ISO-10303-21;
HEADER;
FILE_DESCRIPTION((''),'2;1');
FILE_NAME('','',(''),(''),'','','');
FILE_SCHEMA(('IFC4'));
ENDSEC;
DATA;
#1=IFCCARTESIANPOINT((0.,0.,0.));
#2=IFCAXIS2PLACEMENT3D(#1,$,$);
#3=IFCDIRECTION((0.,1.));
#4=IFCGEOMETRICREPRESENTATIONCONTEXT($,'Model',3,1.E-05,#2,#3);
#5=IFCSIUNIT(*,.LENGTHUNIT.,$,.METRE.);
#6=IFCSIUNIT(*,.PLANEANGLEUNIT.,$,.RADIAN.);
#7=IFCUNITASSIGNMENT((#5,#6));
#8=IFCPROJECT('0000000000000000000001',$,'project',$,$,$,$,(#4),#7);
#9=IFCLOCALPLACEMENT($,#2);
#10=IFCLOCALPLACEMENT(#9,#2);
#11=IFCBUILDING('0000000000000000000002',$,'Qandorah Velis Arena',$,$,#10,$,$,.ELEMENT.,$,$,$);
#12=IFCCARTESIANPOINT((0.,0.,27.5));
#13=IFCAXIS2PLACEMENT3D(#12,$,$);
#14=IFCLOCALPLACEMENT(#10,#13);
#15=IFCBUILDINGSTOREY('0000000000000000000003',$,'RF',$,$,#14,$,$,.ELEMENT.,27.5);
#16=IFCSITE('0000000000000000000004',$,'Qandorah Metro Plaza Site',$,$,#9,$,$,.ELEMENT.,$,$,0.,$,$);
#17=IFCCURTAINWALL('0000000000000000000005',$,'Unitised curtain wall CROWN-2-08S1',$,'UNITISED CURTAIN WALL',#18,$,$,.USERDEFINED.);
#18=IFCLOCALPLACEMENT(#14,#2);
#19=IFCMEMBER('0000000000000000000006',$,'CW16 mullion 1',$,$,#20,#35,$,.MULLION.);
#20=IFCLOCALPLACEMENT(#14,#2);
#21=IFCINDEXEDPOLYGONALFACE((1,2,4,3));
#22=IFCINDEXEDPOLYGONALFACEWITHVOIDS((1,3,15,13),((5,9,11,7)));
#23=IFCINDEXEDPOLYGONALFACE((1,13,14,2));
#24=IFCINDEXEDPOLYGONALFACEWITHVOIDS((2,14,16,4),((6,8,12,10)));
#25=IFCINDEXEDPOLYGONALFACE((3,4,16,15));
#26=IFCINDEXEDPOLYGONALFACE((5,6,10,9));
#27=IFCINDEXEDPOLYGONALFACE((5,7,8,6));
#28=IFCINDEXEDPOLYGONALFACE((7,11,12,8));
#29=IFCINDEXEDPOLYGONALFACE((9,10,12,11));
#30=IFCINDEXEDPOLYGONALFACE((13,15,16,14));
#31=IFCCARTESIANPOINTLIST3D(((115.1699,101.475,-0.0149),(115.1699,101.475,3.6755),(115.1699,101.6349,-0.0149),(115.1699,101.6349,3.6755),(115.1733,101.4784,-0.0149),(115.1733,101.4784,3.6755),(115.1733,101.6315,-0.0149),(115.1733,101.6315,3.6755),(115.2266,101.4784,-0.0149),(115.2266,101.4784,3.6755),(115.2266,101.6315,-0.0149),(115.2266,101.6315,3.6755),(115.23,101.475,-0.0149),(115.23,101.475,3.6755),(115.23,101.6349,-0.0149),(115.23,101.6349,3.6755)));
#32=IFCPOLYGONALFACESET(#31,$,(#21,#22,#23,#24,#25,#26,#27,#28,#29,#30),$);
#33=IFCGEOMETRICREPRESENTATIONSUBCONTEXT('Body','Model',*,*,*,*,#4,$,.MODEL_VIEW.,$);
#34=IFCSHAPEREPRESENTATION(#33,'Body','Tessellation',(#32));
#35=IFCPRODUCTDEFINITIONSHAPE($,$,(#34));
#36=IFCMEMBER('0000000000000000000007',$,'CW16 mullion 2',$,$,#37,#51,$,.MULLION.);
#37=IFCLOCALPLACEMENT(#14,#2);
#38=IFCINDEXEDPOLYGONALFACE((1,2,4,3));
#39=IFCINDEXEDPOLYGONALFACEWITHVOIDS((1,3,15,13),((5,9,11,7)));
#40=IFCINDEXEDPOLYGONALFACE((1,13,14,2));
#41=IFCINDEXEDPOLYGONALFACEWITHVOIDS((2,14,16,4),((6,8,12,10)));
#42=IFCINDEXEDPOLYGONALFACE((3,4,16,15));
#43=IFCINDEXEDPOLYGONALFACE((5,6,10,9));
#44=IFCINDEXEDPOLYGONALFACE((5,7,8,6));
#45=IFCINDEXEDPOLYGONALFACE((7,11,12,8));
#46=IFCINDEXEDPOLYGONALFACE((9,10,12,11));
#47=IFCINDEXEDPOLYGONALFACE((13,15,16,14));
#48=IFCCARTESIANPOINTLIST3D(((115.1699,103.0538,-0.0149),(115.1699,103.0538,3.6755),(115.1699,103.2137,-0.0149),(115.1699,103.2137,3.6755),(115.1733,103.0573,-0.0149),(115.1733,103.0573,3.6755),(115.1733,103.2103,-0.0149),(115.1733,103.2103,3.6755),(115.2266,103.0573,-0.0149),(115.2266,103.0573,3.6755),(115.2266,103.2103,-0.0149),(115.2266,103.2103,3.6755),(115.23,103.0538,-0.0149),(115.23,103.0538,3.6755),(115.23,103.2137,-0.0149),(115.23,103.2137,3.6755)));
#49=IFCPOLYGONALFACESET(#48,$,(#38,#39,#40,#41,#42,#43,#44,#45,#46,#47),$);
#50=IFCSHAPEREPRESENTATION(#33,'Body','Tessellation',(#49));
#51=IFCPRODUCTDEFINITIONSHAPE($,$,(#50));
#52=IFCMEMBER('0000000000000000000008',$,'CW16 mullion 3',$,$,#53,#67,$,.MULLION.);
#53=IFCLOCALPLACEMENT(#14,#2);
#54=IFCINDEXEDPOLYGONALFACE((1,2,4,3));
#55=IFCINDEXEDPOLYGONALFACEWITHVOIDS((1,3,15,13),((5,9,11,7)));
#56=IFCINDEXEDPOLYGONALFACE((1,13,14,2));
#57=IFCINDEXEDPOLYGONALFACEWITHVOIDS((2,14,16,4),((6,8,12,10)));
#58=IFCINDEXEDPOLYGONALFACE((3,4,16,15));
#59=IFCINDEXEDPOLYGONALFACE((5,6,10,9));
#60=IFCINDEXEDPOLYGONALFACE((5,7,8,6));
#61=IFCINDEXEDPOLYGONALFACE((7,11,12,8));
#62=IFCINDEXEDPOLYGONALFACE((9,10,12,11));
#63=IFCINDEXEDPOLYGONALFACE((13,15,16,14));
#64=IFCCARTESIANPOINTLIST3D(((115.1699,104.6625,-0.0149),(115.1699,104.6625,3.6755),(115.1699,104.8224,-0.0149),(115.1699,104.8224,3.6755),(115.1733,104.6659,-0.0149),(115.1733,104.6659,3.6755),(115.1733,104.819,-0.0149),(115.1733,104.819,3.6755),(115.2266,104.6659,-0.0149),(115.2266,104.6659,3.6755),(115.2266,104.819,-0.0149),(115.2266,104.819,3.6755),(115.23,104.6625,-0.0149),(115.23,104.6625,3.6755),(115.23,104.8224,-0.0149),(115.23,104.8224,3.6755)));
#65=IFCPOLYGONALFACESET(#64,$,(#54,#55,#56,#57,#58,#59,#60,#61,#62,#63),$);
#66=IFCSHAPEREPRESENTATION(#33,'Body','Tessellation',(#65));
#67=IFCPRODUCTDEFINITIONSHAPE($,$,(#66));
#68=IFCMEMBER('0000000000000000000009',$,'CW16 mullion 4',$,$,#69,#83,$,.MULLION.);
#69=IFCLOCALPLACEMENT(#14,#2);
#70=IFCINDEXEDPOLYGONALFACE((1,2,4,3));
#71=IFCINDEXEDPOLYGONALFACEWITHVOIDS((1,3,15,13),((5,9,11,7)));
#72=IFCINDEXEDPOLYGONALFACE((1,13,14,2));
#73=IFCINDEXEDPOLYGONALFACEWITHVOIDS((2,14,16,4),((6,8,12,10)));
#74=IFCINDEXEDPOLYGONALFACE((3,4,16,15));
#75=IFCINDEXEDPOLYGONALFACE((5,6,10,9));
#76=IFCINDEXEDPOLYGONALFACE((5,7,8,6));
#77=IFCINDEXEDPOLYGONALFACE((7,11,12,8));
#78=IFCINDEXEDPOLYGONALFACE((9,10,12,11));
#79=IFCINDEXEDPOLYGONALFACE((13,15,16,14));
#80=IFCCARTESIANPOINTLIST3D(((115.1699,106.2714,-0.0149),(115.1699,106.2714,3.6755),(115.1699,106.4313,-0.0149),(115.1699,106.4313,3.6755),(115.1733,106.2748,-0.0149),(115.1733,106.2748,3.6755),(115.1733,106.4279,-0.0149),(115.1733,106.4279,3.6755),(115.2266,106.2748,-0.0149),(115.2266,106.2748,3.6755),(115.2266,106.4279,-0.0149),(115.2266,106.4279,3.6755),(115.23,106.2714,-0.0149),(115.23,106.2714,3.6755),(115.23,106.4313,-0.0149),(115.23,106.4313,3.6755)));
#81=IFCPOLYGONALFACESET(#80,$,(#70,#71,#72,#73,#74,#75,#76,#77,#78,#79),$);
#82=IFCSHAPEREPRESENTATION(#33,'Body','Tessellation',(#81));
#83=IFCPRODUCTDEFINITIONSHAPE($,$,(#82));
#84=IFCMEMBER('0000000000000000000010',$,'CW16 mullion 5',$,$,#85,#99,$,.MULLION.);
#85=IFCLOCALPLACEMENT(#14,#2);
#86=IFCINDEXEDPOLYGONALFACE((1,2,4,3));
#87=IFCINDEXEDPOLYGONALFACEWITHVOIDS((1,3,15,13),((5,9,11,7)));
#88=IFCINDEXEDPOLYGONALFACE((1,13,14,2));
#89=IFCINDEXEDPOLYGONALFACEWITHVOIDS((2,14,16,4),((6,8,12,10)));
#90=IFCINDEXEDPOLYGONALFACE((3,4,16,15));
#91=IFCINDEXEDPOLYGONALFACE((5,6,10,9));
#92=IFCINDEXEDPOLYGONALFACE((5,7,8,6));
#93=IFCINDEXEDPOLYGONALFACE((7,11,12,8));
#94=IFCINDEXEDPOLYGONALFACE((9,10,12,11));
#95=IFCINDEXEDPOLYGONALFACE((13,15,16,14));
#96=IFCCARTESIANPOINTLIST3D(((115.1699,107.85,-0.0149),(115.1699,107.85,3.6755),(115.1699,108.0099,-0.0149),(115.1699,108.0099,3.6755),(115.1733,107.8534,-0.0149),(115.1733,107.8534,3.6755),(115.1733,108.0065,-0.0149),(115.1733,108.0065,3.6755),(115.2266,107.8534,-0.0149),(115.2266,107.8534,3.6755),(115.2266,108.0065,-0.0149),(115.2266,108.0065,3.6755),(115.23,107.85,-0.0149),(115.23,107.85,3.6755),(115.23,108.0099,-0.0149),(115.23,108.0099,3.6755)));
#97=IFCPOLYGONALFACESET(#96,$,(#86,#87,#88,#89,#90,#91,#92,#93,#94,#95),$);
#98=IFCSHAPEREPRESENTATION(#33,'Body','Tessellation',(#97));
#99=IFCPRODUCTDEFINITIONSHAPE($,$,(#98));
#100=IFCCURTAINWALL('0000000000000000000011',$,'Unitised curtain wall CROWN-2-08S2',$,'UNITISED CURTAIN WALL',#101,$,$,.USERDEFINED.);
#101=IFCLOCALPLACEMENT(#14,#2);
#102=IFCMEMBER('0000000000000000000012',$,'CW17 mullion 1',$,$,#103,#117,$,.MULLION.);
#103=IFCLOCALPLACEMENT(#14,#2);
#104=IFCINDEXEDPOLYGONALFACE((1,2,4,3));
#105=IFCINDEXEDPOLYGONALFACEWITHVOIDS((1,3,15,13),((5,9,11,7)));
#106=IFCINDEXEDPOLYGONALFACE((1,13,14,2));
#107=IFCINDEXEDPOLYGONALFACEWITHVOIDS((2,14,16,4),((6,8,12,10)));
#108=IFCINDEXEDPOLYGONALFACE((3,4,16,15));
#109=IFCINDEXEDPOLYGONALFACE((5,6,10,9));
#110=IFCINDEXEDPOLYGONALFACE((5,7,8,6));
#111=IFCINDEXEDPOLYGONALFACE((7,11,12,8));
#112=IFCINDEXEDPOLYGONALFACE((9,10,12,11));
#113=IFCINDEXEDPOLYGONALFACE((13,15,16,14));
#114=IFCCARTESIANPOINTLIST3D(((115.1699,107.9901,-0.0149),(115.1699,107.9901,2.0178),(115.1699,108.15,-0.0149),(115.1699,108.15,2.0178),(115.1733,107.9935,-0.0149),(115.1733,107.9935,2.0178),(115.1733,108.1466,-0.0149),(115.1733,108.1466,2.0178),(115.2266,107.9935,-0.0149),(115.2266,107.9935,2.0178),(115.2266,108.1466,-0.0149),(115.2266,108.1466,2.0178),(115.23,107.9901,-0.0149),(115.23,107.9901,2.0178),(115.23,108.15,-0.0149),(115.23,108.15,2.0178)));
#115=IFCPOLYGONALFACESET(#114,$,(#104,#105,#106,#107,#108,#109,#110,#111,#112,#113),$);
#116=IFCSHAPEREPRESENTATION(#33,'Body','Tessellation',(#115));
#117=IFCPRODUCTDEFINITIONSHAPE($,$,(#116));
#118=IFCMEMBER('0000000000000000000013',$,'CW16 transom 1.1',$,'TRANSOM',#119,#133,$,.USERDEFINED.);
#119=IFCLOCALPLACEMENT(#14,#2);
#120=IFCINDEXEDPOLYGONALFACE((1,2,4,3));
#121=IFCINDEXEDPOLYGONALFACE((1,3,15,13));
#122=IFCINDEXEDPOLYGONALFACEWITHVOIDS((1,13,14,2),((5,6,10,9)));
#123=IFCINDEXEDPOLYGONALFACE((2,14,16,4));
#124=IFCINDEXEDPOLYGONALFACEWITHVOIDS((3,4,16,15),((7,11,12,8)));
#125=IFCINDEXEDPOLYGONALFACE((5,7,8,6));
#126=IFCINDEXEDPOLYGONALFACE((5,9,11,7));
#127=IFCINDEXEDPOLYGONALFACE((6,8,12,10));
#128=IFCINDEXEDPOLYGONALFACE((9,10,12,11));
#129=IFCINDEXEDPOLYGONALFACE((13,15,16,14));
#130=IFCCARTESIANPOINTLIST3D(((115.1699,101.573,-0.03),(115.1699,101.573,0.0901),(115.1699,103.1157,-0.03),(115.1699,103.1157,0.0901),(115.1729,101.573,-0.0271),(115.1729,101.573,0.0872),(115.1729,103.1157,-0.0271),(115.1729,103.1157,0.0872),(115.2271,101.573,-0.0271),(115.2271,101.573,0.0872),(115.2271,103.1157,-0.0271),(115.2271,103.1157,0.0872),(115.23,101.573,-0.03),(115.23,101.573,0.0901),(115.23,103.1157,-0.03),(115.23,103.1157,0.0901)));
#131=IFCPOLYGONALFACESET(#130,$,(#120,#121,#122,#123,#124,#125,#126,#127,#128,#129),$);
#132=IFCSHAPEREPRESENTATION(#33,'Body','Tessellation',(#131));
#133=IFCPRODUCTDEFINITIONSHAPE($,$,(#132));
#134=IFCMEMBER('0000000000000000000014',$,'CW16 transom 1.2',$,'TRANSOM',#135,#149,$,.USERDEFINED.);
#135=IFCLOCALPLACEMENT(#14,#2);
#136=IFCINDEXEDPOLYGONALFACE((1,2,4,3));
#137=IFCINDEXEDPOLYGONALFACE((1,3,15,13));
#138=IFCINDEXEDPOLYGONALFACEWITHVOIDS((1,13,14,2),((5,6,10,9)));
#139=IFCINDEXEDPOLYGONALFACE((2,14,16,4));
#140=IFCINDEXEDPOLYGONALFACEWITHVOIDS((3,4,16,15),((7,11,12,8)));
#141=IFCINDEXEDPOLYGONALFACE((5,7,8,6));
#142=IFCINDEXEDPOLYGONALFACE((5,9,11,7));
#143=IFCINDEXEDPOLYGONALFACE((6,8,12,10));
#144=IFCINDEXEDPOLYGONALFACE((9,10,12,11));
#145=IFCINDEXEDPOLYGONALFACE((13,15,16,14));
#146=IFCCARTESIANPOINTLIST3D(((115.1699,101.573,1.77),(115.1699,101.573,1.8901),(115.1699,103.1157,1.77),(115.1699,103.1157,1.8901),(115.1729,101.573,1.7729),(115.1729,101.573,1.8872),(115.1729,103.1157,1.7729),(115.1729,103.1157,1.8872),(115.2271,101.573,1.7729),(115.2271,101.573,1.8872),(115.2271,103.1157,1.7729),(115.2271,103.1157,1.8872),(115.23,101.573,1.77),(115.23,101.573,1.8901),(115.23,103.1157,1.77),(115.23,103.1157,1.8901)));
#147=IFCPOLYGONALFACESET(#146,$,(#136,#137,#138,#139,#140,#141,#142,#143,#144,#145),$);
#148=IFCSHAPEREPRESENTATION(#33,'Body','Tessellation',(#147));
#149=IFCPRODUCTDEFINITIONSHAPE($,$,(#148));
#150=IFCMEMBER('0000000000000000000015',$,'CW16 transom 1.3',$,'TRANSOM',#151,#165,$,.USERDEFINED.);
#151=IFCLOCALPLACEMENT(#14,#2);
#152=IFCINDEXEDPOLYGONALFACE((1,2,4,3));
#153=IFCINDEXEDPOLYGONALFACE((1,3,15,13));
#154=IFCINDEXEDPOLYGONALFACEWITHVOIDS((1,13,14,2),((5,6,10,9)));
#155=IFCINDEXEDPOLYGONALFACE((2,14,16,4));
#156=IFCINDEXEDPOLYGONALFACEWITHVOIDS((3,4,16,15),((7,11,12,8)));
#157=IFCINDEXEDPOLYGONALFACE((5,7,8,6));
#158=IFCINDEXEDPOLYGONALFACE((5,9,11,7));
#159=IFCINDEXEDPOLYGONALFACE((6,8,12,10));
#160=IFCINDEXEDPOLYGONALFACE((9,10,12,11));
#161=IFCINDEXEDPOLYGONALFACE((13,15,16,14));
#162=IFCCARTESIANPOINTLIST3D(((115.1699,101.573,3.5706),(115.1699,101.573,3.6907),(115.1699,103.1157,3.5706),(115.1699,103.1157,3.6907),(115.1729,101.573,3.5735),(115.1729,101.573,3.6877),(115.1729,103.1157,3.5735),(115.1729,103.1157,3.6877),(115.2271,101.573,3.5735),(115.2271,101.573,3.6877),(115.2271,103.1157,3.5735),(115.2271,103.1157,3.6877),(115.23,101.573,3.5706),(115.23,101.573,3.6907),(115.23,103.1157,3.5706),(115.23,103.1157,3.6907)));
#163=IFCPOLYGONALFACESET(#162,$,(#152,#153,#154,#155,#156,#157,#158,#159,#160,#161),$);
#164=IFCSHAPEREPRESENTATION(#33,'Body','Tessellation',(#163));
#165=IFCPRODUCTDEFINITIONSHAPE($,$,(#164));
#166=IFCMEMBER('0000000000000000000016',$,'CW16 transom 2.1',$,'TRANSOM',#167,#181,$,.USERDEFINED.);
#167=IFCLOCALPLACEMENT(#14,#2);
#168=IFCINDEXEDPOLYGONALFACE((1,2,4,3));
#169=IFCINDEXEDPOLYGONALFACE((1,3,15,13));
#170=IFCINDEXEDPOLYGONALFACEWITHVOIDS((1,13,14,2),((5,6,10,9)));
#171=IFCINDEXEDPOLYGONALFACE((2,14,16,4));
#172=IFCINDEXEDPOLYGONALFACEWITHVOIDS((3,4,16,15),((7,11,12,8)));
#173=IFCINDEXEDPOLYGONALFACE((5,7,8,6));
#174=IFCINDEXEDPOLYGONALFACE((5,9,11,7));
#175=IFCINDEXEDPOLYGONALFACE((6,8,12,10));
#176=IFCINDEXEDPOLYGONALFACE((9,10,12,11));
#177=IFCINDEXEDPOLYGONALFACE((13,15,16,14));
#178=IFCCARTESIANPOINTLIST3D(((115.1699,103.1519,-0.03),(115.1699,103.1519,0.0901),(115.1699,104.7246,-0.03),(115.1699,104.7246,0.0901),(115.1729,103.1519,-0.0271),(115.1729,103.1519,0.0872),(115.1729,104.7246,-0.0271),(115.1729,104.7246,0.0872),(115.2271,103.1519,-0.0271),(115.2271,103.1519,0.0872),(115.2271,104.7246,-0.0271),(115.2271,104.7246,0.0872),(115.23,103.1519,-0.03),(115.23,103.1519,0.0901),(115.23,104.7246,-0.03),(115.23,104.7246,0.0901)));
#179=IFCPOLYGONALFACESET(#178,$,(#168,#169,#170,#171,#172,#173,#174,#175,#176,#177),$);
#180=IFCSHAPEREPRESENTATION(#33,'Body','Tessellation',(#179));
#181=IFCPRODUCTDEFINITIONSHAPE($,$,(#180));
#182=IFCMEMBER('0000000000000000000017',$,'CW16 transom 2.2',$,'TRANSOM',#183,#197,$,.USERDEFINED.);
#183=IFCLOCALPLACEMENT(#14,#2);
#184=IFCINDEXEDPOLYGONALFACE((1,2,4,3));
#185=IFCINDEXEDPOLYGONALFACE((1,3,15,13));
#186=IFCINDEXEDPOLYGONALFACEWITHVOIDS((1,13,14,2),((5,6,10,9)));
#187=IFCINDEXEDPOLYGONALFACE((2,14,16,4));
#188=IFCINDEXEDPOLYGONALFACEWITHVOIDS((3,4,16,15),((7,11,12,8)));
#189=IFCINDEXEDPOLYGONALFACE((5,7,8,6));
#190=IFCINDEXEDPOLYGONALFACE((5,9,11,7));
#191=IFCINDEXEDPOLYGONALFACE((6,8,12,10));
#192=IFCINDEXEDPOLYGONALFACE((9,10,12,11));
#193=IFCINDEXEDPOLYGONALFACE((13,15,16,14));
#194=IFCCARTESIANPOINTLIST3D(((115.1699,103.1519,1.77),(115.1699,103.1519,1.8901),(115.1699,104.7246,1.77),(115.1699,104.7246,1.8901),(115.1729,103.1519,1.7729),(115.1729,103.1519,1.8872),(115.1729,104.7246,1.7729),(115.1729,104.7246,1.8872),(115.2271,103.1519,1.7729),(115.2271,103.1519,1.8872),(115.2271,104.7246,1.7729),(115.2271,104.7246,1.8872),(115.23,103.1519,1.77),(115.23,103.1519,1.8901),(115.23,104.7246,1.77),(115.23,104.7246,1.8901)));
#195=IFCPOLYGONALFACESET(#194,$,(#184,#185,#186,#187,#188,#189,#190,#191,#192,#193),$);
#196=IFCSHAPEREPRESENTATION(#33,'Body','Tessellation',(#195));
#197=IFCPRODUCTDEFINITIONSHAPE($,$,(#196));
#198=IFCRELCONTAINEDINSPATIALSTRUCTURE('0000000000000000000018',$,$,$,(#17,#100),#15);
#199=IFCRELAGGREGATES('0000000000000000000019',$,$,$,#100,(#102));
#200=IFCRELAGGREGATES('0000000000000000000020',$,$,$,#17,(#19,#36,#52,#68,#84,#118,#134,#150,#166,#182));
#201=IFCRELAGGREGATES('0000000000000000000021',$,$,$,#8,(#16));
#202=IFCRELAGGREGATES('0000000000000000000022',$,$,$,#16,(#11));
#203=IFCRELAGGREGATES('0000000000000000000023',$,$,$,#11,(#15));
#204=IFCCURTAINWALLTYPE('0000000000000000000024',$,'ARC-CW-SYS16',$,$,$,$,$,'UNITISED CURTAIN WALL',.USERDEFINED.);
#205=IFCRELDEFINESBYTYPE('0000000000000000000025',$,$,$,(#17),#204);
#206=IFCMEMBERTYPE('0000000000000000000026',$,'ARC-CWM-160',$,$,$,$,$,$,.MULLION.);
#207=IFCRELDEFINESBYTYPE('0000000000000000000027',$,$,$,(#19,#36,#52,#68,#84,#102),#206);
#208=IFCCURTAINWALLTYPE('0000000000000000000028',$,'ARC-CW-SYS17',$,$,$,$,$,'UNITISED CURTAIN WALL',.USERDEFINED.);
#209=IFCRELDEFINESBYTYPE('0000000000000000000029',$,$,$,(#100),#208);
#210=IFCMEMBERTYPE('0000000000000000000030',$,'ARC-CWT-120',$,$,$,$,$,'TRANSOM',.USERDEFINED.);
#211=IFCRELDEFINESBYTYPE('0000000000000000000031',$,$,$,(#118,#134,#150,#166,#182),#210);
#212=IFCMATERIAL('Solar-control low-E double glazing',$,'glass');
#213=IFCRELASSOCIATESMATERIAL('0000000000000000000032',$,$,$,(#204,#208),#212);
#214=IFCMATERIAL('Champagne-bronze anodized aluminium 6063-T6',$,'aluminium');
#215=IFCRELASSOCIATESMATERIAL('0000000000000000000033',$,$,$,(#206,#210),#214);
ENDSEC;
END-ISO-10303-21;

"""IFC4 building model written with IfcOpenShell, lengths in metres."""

from ifc_helpers import new_model, si_unit, direction, frame, origin, origin_2d, place, context, subcontext, project, spatial, hollow_rectangle, extrude, material, material_profile, profile_set, type_object, element, aggregate, save


model = new_model("IFC4")

# Units and contexts
model_context = context("Model", 3, precision=1e-05, world=origin(), true_north=direction((0.0, 1.0)))
body_context = subcontext(model_context, "Body", "Model", "MODEL_VIEW")
ifc_project = project(units=[si_unit("LENGTHUNIT", "METRE"), si_unit("PLANEANGLEUNIT", "RADIAN")], contexts=[model_context])

# Site, building, storey
site_placement = place(None, origin())
site = spatial("IfcSite", under=ifc_project, at=site_placement, Name="Qandorah Metro Plaza Site", CompositionType="ELEMENT", RefElevation=0.0)
building_placement = place(site_placement, origin())
building = spatial("IfcBuilding", under=site, at=building_placement, Name="Qandorah Velis Arena", CompositionType="ELEMENT")
storey_placement = place(building_placement, frame((0.0, 0.0, 27.5)))
storey = spatial("IfcBuildingStorey", under=building, at=storey_placement, Name="RF", CompositionType="ELEMENT", Elevation=27.5)

# Curtain wall, members
ifc_material_1 = material(Name="Solar-control low-E double glazing", Category="glass")
curtain_wall_type_1 = type_object("IfcCurtainWallType", Name="ARC-CW-SYS16", ElementType="UNITISED CURTAIN WALL", PredefinedType="USERDEFINED", material=ifc_material_1)
curtain_wall_1_placement = place(storey_placement, origin())
curtain_wall_1 = element("IfcCurtainWall", 1, at=curtain_wall_1_placement, inside=storey, type_object=curtain_wall_type_1, Name="Unitised curtain wall CROWN-2-08S1", ObjectType="UNITISED CURTAIN WALL", PredefinedType="USERDEFINED")
ifc_material_2 = material(Name="Champagne-bronze anodized aluminium 6063-T6", Category="aluminium")
ifc_material_profile_1 = material_profile(ifc_material_2, hollow_rectangle(XDim=0.0601, YDim=0.1599, WallThickness=0.0034, at=origin_2d()), Name="ALU MULLION 60x160")
ifc_profile_set_1 = profile_set([ifc_material_profile_1], Name="Champagne-bronze anodized aluminium 6063-T6")
member_type_1 = type_object("IfcMemberType", Name="ARC-CWM-160", PredefinedType="MULLION", material=ifc_profile_set_1)
member_1_placement = place(storey_placement, frame((115.2, 101.5549, -0.0149), z_axis=(0.0, 0.0, 1.0), x_axis=(-1.0, 0.0, 0.0)))
member_1 = element("IfcMember", 2, at=member_1_placement, type_object=member_type_1, Name="CW16 mullion 1", PredefinedType="MULLION", context=body_context, shape_type="SweptSolid", body=[
    extrude(hollow_rectangle(XDim=0.0601, YDim=0.1599, WallThickness=0.0034, at=origin_2d()), origin(), (0.0, 0.0, 1.0), 3.6904),
])
member_2_placement = place(storey_placement, frame((115.2, 103.1338, -0.0149), z_axis=(0.0, 0.0, 1.0), x_axis=(-1.0, 0.0, 0.0)))
member_2 = element("IfcMember", 3, at=member_2_placement, type_object=member_type_1, Name="CW16 mullion 2", PredefinedType="MULLION", context=body_context, shape_type="SweptSolid", body=[
    extrude(hollow_rectangle(XDim=0.0601, YDim=0.1599, WallThickness=0.0034, at=origin_2d()), origin(), (0.0, 0.0, 1.0), 3.6904),
])
member_3_placement = place(storey_placement, frame((115.2, 104.7424, -0.0149), z_axis=(0.0, 0.0, 1.0), x_axis=(-1.0, 0.0, 0.0)))
member_3 = element("IfcMember", 4, at=member_3_placement, type_object=member_type_1, Name="CW16 mullion 3", PredefinedType="MULLION", context=body_context, shape_type="SweptSolid", body=[
    extrude(hollow_rectangle(XDim=0.0601, YDim=0.1599, WallThickness=0.0034, at=origin_2d()), origin(), (0.0, 0.0, 1.0), 3.6904),
])
member_4_placement = place(storey_placement, frame((115.2, 106.3513, -0.0149), z_axis=(0.0, 0.0, 1.0), x_axis=(-1.0, 0.0, 0.0)))
member_4 = element("IfcMember", 5, at=member_4_placement, type_object=member_type_1, Name="CW16 mullion 4", PredefinedType="MULLION", context=body_context, shape_type="SweptSolid", body=[
    extrude(hollow_rectangle(XDim=0.0601, YDim=0.1599, WallThickness=0.0034, at=origin_2d()), origin(), (0.0, 0.0, 1.0), 3.6904),
])
member_5_placement = place(storey_placement, frame((115.2, 107.9299, -0.0149), z_axis=(0.0, 0.0, 1.0), x_axis=(-1.0, 0.0, 0.0)))
member_5 = element("IfcMember", 6, at=member_5_placement, type_object=member_type_1, Name="CW16 mullion 5", PredefinedType="MULLION", context=body_context, shape_type="SweptSolid", body=[
    extrude(hollow_rectangle(XDim=0.0601, YDim=0.1599, WallThickness=0.0034, at=origin_2d()), origin(), (0.0, 0.0, 1.0), 3.6904),
])

# Curtain wall, member
curtain_wall_type_2 = type_object("IfcCurtainWallType", Name="ARC-CW-SYS17", ElementType="UNITISED CURTAIN WALL", PredefinedType="USERDEFINED", material=ifc_material_1)
curtain_wall_2_placement = place(storey_placement, origin())
curtain_wall_2 = element("IfcCurtainWall", 7, at=curtain_wall_2_placement, inside=storey, type_object=curtain_wall_type_2, Name="Unitised curtain wall CROWN-2-08S2", ObjectType="UNITISED CURTAIN WALL", PredefinedType="USERDEFINED")
member_6_placement = place(storey_placement, frame((115.2, 108.0701, -0.0149), z_axis=(0.0, 0.0, 1.0), x_axis=(-1.0, 0.0, 0.0)))
member_6 = element("IfcMember", 8, at=member_6_placement, type_object=member_type_1, Name="CW17 mullion 1", PredefinedType="MULLION", context=body_context, shape_type="SweptSolid", body=[
    extrude(hollow_rectangle(XDim=0.0601, YDim=0.1599, WallThickness=0.0034, at=origin_2d()), origin(), (0.0, 0.0, 1.0), 2.0327),
])

# Members
ifc_material_profile_2 = material_profile(ifc_material_2, hollow_rectangle(XDim=0.0601, YDim=0.1201, WallThickness=0.0029, at=origin_2d()), Name="ALU TRANSOM 60x120")
ifc_profile_set_2 = profile_set([ifc_material_profile_2], Name="Champagne-bronze anodized aluminium 6063-T6")
member_type_2 = type_object("IfcMemberType", Name="ARC-CWT-120", ElementType="TRANSOM", PredefinedType="USERDEFINED", material=ifc_profile_set_2)
member_7_placement = place(storey_placement, frame((115.2, 101.573, 0.03), z_axis=(0.0, 1.0, 0.0), x_axis=(-1.0, 0.0, 0.0)))
member_7 = element("IfcMember", 9, at=member_7_placement, type_object=member_type_2, Name="CW16 transom 1.1", ObjectType="TRANSOM", PredefinedType="USERDEFINED", context=body_context, shape_type="SweptSolid", body=[
    extrude(hollow_rectangle(XDim=0.0601, YDim=0.1201, WallThickness=0.0029, at=origin_2d()), origin(), (0.0, 0.0, 1.0), 1.5427),
])
member_8_placement = place(storey_placement, frame((115.2, 101.573, 1.8301), z_axis=(0.0, 1.0, 0.0), x_axis=(-1.0, 0.0, 0.0)))
member_8 = element("IfcMember", 10, at=member_8_placement, type_object=member_type_2, Name="CW16 transom 1.2", ObjectType="TRANSOM", PredefinedType="USERDEFINED", context=body_context, shape_type="SweptSolid", body=[
    extrude(hollow_rectangle(XDim=0.0601, YDim=0.1201, WallThickness=0.0029, at=origin_2d()), origin(), (0.0, 0.0, 1.0), 1.5427),
])
member_9_placement = place(storey_placement, frame((115.2, 101.573, 3.6306), z_axis=(0.0, 1.0, 0.0), x_axis=(-1.0, 0.0, 0.0)))
member_9 = element("IfcMember", 11, at=member_9_placement, type_object=member_type_2, Name="CW16 transom 1.3", ObjectType="TRANSOM", PredefinedType="USERDEFINED", context=body_context, shape_type="SweptSolid", body=[
    extrude(hollow_rectangle(XDim=0.0601, YDim=0.1201, WallThickness=0.0029, at=origin_2d()), origin(), (0.0, 0.0, 1.0), 1.5427),
])
member_10_placement = place(storey_placement, frame((115.2, 103.1519, 0.03), z_axis=(0.0, 1.0, 0.0), x_axis=(-1.0, 0.0, 0.0)))
member_10 = element("IfcMember", 12, at=member_10_placement, type_object=member_type_2, Name="CW16 transom 2.1", ObjectType="TRANSOM", PredefinedType="USERDEFINED", context=body_context, shape_type="SweptSolid", body=[
    extrude(hollow_rectangle(XDim=0.0601, YDim=0.1201, WallThickness=0.0029, at=origin_2d()), origin(), (0.0, 0.0, 1.0), 1.5728),
])
member_11_placement = place(storey_placement, frame((115.2, 103.1519, 1.8301), z_axis=(0.0, 1.0, 0.0), x_axis=(-1.0, 0.0, 0.0)))
member_11 = element("IfcMember", 13, at=member_11_placement, type_object=member_type_2, Name="CW16 transom 2.2", ObjectType="TRANSOM", PredefinedType="USERDEFINED", context=body_context, shape_type="SweptSolid", body=[
    extrude(hollow_rectangle(XDim=0.0601, YDim=0.1201, WallThickness=0.0029, at=origin_2d()), origin(), (0.0, 0.0, 1.0), 1.5728),
])
aggregate(curtain_wall_2, [member_6])

aggregate(curtain_wall_1, [member_1, member_2, member_3, member_4, member_5, member_7, member_8, member_9, member_10, member_11])

save(model, "model.ifc")
